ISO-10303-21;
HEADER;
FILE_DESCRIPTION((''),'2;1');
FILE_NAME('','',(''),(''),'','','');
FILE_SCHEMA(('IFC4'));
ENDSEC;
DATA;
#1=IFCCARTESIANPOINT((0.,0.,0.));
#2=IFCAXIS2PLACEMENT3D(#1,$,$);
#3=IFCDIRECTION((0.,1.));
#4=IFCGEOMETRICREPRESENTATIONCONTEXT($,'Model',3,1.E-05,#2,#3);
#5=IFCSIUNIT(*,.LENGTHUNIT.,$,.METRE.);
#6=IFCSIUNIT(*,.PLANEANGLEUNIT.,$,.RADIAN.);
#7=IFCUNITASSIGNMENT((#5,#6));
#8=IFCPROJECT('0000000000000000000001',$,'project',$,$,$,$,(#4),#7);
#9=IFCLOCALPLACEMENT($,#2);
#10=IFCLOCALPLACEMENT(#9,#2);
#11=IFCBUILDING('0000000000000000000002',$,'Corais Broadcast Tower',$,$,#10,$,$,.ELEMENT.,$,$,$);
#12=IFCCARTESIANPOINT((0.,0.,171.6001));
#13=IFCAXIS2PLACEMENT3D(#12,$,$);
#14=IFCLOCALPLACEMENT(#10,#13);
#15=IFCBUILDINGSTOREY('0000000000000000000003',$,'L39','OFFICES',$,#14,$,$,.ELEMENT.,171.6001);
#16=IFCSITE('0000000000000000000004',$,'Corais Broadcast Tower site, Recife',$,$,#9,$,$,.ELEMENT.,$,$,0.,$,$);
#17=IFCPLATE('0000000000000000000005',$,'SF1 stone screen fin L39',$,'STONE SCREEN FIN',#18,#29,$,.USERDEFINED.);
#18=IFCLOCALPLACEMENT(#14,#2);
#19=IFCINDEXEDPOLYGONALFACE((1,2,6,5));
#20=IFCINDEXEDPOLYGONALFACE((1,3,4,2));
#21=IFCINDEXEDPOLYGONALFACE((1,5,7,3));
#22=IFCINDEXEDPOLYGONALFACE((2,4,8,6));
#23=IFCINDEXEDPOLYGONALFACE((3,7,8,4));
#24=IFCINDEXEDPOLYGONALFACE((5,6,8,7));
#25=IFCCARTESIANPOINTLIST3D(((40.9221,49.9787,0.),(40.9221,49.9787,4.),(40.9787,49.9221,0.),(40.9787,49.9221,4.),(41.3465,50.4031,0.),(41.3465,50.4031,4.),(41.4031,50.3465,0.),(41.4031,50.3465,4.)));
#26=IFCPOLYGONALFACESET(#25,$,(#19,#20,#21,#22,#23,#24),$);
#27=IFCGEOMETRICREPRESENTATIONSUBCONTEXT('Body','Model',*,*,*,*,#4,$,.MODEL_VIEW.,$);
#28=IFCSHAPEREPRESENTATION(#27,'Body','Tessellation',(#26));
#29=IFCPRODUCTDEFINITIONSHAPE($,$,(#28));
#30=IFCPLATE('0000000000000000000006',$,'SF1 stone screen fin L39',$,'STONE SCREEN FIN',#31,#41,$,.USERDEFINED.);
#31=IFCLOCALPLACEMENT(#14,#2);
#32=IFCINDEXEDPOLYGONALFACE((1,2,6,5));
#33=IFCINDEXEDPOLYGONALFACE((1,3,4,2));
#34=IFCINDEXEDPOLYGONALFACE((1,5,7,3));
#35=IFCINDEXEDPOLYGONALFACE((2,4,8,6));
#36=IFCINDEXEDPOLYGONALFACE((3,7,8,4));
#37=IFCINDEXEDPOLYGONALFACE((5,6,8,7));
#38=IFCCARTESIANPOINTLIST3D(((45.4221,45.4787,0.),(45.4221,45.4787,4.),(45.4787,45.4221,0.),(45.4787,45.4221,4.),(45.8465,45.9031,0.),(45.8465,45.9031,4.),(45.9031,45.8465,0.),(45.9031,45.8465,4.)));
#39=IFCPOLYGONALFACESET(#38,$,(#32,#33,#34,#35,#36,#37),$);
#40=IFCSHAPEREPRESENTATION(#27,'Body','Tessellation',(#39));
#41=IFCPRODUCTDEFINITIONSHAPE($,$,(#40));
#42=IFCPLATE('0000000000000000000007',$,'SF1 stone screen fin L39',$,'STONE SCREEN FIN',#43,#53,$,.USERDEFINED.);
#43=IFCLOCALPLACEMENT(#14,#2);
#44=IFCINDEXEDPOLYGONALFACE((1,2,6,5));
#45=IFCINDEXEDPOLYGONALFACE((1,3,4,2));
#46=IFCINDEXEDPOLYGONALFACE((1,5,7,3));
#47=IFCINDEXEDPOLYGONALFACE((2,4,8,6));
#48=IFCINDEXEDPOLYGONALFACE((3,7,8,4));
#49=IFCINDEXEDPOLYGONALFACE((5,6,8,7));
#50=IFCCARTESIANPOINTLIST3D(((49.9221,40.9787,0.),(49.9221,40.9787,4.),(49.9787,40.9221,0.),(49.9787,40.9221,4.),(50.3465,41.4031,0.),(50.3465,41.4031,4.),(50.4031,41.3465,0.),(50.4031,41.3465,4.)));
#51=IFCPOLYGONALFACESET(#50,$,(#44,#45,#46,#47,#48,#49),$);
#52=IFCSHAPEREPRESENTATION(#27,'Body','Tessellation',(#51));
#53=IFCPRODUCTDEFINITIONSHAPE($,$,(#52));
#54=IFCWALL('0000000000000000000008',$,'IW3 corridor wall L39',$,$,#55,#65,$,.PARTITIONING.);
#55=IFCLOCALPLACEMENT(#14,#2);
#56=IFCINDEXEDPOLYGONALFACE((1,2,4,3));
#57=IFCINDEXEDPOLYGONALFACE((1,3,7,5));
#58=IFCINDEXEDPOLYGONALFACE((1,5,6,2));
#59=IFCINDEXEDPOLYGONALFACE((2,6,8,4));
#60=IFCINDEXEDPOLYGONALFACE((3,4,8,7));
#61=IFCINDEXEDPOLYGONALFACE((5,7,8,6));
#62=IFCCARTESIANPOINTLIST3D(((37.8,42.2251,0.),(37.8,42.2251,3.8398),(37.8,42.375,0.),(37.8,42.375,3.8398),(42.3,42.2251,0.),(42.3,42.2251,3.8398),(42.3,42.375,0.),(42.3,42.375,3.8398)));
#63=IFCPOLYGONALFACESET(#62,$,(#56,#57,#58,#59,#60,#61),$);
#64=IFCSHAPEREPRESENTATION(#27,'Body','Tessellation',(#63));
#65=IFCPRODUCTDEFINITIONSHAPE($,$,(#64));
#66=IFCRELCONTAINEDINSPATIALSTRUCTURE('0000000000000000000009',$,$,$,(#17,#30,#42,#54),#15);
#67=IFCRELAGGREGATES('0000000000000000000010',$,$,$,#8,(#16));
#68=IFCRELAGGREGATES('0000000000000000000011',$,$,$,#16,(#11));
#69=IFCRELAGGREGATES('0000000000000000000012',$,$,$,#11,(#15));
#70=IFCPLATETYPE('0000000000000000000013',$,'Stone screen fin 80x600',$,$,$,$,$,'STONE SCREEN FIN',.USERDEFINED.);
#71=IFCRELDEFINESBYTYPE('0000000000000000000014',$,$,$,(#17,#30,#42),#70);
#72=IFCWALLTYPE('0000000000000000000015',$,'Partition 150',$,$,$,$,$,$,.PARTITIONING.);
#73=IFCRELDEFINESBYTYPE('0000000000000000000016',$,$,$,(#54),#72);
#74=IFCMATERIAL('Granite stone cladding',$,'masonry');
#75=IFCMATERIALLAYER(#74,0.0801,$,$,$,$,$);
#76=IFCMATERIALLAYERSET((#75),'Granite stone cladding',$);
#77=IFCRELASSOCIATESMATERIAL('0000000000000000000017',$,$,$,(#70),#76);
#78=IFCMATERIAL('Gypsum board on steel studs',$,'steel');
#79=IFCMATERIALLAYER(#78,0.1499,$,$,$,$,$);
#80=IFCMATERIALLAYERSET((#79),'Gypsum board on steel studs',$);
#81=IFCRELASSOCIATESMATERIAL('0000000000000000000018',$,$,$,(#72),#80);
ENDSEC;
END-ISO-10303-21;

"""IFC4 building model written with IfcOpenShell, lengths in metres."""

from ifc_helpers import new_model, si_unit, direction, frame, frame_2d, origin, origin_2d, place, context, subcontext, project, spatial, rectangle, extrude, material, layer, layer_set, type_object, element, save


model = new_model("IFC4")

# Units and contexts
model_context = context("Model", 3, precision=1e-05, world=origin(), true_north=direction((0.0, 1.0)))
body_context = subcontext(model_context, "Body", "Model", "MODEL_VIEW")
ifc_project = project(units=[si_unit("LENGTHUNIT", "METRE"), si_unit("PLANEANGLEUNIT", "RADIAN")], contexts=[model_context])

# Site, building, storey
site_placement = place(None, origin())
site = spatial("IfcSite", under=ifc_project, at=site_placement, Name="Corais Broadcast Tower site, Recife", CompositionType="ELEMENT", RefElevation=0.0)
building_placement = place(site_placement, origin())
building = spatial("IfcBuilding", under=site, at=building_placement, Name="Corais Broadcast Tower", CompositionType="ELEMENT")
storey_placement = place(building_placement, frame((0.0, 0.0, 171.6001)))
storey = spatial("IfcBuildingStorey", under=building, at=storey_placement, Name="L39", Description="OFFICES", CompositionType="ELEMENT", Elevation=171.6001)

# Plates
ifc_material_1 = material(Name="Granite stone cladding", Category="masonry")
ifc_layer_1 = layer(ifc_material_1, 0.0801)
ifc_layer_set_1 = layer_set([ifc_layer_1], Name="Granite stone cladding")
plate_type_1 = type_object("IfcPlateType", Name="Stone screen fin 80x600", ElementType="STONE SCREEN FIN", PredefinedType="USERDEFINED", material=ifc_layer_set_1)
for number, where, z_axis, x_axis, name in (
    (1, (41.1626, 50.1626, 0.0), (0.0, 0.0, 1.0), (0.707107, -0.707107, 0.0), "SF1 stone screen fin L39"),
    (2, (45.6626, 45.6626, 0.0), (0.0, 0.0, 1.0), (0.707107, -0.707107, 0.0), "SF1 stone screen fin L39"),
    (3, (50.1626, 41.1626, 0.0), (0.0, 0.0, 1.0), (0.707107, -0.707107, 0.0), "SF1 stone screen fin L39"),
):
    element("IfcPlate", number, at=place(storey_placement, frame(where, z_axis=z_axis, x_axis=x_axis)), inside=storey, type_object=plate_type_1, Name=name, ObjectType="STONE SCREEN FIN", PredefinedType="USERDEFINED", context=body_context, shape_type="SweptSolid", body=[
        extrude(rectangle(XDim=0.0801, YDim=0.6001, at=origin_2d()), origin(), (0.0, 0.0, 1.0), 4.0),
    ])

# Wall
ifc_material_2 = material(Name="Gypsum board on steel studs", Category="steel")
ifc_layer_2 = layer(ifc_material_2, 0.1499)
ifc_layer_set_2 = layer_set([ifc_layer_2], Name="Gypsum board on steel studs")
wall_type = type_object("IfcWallType", Name="Partition 150", PredefinedType="PARTITIONING", material=ifc_layer_set_2)
wall_placement = place(storey_placement, frame((42.3, 42.3, 0.0), z_axis=(0.0, 0.0, 1.0), x_axis=(-1.0, 0.0, 0.0)))
element("IfcWall", 4, at=wall_placement, inside=storey, type_object=wall_type, Name="IW3 corridor wall L39", PredefinedType="PARTITIONING", context=body_context, shape_type="SweptSolid", body=[
    extrude(rectangle(XDim=4.5, YDim=0.1499, at=frame_2d((2.25, 0.0))), origin(), (0.0, 0.0, 1.0), 3.8398),
])

save(model, "model.ifc")
